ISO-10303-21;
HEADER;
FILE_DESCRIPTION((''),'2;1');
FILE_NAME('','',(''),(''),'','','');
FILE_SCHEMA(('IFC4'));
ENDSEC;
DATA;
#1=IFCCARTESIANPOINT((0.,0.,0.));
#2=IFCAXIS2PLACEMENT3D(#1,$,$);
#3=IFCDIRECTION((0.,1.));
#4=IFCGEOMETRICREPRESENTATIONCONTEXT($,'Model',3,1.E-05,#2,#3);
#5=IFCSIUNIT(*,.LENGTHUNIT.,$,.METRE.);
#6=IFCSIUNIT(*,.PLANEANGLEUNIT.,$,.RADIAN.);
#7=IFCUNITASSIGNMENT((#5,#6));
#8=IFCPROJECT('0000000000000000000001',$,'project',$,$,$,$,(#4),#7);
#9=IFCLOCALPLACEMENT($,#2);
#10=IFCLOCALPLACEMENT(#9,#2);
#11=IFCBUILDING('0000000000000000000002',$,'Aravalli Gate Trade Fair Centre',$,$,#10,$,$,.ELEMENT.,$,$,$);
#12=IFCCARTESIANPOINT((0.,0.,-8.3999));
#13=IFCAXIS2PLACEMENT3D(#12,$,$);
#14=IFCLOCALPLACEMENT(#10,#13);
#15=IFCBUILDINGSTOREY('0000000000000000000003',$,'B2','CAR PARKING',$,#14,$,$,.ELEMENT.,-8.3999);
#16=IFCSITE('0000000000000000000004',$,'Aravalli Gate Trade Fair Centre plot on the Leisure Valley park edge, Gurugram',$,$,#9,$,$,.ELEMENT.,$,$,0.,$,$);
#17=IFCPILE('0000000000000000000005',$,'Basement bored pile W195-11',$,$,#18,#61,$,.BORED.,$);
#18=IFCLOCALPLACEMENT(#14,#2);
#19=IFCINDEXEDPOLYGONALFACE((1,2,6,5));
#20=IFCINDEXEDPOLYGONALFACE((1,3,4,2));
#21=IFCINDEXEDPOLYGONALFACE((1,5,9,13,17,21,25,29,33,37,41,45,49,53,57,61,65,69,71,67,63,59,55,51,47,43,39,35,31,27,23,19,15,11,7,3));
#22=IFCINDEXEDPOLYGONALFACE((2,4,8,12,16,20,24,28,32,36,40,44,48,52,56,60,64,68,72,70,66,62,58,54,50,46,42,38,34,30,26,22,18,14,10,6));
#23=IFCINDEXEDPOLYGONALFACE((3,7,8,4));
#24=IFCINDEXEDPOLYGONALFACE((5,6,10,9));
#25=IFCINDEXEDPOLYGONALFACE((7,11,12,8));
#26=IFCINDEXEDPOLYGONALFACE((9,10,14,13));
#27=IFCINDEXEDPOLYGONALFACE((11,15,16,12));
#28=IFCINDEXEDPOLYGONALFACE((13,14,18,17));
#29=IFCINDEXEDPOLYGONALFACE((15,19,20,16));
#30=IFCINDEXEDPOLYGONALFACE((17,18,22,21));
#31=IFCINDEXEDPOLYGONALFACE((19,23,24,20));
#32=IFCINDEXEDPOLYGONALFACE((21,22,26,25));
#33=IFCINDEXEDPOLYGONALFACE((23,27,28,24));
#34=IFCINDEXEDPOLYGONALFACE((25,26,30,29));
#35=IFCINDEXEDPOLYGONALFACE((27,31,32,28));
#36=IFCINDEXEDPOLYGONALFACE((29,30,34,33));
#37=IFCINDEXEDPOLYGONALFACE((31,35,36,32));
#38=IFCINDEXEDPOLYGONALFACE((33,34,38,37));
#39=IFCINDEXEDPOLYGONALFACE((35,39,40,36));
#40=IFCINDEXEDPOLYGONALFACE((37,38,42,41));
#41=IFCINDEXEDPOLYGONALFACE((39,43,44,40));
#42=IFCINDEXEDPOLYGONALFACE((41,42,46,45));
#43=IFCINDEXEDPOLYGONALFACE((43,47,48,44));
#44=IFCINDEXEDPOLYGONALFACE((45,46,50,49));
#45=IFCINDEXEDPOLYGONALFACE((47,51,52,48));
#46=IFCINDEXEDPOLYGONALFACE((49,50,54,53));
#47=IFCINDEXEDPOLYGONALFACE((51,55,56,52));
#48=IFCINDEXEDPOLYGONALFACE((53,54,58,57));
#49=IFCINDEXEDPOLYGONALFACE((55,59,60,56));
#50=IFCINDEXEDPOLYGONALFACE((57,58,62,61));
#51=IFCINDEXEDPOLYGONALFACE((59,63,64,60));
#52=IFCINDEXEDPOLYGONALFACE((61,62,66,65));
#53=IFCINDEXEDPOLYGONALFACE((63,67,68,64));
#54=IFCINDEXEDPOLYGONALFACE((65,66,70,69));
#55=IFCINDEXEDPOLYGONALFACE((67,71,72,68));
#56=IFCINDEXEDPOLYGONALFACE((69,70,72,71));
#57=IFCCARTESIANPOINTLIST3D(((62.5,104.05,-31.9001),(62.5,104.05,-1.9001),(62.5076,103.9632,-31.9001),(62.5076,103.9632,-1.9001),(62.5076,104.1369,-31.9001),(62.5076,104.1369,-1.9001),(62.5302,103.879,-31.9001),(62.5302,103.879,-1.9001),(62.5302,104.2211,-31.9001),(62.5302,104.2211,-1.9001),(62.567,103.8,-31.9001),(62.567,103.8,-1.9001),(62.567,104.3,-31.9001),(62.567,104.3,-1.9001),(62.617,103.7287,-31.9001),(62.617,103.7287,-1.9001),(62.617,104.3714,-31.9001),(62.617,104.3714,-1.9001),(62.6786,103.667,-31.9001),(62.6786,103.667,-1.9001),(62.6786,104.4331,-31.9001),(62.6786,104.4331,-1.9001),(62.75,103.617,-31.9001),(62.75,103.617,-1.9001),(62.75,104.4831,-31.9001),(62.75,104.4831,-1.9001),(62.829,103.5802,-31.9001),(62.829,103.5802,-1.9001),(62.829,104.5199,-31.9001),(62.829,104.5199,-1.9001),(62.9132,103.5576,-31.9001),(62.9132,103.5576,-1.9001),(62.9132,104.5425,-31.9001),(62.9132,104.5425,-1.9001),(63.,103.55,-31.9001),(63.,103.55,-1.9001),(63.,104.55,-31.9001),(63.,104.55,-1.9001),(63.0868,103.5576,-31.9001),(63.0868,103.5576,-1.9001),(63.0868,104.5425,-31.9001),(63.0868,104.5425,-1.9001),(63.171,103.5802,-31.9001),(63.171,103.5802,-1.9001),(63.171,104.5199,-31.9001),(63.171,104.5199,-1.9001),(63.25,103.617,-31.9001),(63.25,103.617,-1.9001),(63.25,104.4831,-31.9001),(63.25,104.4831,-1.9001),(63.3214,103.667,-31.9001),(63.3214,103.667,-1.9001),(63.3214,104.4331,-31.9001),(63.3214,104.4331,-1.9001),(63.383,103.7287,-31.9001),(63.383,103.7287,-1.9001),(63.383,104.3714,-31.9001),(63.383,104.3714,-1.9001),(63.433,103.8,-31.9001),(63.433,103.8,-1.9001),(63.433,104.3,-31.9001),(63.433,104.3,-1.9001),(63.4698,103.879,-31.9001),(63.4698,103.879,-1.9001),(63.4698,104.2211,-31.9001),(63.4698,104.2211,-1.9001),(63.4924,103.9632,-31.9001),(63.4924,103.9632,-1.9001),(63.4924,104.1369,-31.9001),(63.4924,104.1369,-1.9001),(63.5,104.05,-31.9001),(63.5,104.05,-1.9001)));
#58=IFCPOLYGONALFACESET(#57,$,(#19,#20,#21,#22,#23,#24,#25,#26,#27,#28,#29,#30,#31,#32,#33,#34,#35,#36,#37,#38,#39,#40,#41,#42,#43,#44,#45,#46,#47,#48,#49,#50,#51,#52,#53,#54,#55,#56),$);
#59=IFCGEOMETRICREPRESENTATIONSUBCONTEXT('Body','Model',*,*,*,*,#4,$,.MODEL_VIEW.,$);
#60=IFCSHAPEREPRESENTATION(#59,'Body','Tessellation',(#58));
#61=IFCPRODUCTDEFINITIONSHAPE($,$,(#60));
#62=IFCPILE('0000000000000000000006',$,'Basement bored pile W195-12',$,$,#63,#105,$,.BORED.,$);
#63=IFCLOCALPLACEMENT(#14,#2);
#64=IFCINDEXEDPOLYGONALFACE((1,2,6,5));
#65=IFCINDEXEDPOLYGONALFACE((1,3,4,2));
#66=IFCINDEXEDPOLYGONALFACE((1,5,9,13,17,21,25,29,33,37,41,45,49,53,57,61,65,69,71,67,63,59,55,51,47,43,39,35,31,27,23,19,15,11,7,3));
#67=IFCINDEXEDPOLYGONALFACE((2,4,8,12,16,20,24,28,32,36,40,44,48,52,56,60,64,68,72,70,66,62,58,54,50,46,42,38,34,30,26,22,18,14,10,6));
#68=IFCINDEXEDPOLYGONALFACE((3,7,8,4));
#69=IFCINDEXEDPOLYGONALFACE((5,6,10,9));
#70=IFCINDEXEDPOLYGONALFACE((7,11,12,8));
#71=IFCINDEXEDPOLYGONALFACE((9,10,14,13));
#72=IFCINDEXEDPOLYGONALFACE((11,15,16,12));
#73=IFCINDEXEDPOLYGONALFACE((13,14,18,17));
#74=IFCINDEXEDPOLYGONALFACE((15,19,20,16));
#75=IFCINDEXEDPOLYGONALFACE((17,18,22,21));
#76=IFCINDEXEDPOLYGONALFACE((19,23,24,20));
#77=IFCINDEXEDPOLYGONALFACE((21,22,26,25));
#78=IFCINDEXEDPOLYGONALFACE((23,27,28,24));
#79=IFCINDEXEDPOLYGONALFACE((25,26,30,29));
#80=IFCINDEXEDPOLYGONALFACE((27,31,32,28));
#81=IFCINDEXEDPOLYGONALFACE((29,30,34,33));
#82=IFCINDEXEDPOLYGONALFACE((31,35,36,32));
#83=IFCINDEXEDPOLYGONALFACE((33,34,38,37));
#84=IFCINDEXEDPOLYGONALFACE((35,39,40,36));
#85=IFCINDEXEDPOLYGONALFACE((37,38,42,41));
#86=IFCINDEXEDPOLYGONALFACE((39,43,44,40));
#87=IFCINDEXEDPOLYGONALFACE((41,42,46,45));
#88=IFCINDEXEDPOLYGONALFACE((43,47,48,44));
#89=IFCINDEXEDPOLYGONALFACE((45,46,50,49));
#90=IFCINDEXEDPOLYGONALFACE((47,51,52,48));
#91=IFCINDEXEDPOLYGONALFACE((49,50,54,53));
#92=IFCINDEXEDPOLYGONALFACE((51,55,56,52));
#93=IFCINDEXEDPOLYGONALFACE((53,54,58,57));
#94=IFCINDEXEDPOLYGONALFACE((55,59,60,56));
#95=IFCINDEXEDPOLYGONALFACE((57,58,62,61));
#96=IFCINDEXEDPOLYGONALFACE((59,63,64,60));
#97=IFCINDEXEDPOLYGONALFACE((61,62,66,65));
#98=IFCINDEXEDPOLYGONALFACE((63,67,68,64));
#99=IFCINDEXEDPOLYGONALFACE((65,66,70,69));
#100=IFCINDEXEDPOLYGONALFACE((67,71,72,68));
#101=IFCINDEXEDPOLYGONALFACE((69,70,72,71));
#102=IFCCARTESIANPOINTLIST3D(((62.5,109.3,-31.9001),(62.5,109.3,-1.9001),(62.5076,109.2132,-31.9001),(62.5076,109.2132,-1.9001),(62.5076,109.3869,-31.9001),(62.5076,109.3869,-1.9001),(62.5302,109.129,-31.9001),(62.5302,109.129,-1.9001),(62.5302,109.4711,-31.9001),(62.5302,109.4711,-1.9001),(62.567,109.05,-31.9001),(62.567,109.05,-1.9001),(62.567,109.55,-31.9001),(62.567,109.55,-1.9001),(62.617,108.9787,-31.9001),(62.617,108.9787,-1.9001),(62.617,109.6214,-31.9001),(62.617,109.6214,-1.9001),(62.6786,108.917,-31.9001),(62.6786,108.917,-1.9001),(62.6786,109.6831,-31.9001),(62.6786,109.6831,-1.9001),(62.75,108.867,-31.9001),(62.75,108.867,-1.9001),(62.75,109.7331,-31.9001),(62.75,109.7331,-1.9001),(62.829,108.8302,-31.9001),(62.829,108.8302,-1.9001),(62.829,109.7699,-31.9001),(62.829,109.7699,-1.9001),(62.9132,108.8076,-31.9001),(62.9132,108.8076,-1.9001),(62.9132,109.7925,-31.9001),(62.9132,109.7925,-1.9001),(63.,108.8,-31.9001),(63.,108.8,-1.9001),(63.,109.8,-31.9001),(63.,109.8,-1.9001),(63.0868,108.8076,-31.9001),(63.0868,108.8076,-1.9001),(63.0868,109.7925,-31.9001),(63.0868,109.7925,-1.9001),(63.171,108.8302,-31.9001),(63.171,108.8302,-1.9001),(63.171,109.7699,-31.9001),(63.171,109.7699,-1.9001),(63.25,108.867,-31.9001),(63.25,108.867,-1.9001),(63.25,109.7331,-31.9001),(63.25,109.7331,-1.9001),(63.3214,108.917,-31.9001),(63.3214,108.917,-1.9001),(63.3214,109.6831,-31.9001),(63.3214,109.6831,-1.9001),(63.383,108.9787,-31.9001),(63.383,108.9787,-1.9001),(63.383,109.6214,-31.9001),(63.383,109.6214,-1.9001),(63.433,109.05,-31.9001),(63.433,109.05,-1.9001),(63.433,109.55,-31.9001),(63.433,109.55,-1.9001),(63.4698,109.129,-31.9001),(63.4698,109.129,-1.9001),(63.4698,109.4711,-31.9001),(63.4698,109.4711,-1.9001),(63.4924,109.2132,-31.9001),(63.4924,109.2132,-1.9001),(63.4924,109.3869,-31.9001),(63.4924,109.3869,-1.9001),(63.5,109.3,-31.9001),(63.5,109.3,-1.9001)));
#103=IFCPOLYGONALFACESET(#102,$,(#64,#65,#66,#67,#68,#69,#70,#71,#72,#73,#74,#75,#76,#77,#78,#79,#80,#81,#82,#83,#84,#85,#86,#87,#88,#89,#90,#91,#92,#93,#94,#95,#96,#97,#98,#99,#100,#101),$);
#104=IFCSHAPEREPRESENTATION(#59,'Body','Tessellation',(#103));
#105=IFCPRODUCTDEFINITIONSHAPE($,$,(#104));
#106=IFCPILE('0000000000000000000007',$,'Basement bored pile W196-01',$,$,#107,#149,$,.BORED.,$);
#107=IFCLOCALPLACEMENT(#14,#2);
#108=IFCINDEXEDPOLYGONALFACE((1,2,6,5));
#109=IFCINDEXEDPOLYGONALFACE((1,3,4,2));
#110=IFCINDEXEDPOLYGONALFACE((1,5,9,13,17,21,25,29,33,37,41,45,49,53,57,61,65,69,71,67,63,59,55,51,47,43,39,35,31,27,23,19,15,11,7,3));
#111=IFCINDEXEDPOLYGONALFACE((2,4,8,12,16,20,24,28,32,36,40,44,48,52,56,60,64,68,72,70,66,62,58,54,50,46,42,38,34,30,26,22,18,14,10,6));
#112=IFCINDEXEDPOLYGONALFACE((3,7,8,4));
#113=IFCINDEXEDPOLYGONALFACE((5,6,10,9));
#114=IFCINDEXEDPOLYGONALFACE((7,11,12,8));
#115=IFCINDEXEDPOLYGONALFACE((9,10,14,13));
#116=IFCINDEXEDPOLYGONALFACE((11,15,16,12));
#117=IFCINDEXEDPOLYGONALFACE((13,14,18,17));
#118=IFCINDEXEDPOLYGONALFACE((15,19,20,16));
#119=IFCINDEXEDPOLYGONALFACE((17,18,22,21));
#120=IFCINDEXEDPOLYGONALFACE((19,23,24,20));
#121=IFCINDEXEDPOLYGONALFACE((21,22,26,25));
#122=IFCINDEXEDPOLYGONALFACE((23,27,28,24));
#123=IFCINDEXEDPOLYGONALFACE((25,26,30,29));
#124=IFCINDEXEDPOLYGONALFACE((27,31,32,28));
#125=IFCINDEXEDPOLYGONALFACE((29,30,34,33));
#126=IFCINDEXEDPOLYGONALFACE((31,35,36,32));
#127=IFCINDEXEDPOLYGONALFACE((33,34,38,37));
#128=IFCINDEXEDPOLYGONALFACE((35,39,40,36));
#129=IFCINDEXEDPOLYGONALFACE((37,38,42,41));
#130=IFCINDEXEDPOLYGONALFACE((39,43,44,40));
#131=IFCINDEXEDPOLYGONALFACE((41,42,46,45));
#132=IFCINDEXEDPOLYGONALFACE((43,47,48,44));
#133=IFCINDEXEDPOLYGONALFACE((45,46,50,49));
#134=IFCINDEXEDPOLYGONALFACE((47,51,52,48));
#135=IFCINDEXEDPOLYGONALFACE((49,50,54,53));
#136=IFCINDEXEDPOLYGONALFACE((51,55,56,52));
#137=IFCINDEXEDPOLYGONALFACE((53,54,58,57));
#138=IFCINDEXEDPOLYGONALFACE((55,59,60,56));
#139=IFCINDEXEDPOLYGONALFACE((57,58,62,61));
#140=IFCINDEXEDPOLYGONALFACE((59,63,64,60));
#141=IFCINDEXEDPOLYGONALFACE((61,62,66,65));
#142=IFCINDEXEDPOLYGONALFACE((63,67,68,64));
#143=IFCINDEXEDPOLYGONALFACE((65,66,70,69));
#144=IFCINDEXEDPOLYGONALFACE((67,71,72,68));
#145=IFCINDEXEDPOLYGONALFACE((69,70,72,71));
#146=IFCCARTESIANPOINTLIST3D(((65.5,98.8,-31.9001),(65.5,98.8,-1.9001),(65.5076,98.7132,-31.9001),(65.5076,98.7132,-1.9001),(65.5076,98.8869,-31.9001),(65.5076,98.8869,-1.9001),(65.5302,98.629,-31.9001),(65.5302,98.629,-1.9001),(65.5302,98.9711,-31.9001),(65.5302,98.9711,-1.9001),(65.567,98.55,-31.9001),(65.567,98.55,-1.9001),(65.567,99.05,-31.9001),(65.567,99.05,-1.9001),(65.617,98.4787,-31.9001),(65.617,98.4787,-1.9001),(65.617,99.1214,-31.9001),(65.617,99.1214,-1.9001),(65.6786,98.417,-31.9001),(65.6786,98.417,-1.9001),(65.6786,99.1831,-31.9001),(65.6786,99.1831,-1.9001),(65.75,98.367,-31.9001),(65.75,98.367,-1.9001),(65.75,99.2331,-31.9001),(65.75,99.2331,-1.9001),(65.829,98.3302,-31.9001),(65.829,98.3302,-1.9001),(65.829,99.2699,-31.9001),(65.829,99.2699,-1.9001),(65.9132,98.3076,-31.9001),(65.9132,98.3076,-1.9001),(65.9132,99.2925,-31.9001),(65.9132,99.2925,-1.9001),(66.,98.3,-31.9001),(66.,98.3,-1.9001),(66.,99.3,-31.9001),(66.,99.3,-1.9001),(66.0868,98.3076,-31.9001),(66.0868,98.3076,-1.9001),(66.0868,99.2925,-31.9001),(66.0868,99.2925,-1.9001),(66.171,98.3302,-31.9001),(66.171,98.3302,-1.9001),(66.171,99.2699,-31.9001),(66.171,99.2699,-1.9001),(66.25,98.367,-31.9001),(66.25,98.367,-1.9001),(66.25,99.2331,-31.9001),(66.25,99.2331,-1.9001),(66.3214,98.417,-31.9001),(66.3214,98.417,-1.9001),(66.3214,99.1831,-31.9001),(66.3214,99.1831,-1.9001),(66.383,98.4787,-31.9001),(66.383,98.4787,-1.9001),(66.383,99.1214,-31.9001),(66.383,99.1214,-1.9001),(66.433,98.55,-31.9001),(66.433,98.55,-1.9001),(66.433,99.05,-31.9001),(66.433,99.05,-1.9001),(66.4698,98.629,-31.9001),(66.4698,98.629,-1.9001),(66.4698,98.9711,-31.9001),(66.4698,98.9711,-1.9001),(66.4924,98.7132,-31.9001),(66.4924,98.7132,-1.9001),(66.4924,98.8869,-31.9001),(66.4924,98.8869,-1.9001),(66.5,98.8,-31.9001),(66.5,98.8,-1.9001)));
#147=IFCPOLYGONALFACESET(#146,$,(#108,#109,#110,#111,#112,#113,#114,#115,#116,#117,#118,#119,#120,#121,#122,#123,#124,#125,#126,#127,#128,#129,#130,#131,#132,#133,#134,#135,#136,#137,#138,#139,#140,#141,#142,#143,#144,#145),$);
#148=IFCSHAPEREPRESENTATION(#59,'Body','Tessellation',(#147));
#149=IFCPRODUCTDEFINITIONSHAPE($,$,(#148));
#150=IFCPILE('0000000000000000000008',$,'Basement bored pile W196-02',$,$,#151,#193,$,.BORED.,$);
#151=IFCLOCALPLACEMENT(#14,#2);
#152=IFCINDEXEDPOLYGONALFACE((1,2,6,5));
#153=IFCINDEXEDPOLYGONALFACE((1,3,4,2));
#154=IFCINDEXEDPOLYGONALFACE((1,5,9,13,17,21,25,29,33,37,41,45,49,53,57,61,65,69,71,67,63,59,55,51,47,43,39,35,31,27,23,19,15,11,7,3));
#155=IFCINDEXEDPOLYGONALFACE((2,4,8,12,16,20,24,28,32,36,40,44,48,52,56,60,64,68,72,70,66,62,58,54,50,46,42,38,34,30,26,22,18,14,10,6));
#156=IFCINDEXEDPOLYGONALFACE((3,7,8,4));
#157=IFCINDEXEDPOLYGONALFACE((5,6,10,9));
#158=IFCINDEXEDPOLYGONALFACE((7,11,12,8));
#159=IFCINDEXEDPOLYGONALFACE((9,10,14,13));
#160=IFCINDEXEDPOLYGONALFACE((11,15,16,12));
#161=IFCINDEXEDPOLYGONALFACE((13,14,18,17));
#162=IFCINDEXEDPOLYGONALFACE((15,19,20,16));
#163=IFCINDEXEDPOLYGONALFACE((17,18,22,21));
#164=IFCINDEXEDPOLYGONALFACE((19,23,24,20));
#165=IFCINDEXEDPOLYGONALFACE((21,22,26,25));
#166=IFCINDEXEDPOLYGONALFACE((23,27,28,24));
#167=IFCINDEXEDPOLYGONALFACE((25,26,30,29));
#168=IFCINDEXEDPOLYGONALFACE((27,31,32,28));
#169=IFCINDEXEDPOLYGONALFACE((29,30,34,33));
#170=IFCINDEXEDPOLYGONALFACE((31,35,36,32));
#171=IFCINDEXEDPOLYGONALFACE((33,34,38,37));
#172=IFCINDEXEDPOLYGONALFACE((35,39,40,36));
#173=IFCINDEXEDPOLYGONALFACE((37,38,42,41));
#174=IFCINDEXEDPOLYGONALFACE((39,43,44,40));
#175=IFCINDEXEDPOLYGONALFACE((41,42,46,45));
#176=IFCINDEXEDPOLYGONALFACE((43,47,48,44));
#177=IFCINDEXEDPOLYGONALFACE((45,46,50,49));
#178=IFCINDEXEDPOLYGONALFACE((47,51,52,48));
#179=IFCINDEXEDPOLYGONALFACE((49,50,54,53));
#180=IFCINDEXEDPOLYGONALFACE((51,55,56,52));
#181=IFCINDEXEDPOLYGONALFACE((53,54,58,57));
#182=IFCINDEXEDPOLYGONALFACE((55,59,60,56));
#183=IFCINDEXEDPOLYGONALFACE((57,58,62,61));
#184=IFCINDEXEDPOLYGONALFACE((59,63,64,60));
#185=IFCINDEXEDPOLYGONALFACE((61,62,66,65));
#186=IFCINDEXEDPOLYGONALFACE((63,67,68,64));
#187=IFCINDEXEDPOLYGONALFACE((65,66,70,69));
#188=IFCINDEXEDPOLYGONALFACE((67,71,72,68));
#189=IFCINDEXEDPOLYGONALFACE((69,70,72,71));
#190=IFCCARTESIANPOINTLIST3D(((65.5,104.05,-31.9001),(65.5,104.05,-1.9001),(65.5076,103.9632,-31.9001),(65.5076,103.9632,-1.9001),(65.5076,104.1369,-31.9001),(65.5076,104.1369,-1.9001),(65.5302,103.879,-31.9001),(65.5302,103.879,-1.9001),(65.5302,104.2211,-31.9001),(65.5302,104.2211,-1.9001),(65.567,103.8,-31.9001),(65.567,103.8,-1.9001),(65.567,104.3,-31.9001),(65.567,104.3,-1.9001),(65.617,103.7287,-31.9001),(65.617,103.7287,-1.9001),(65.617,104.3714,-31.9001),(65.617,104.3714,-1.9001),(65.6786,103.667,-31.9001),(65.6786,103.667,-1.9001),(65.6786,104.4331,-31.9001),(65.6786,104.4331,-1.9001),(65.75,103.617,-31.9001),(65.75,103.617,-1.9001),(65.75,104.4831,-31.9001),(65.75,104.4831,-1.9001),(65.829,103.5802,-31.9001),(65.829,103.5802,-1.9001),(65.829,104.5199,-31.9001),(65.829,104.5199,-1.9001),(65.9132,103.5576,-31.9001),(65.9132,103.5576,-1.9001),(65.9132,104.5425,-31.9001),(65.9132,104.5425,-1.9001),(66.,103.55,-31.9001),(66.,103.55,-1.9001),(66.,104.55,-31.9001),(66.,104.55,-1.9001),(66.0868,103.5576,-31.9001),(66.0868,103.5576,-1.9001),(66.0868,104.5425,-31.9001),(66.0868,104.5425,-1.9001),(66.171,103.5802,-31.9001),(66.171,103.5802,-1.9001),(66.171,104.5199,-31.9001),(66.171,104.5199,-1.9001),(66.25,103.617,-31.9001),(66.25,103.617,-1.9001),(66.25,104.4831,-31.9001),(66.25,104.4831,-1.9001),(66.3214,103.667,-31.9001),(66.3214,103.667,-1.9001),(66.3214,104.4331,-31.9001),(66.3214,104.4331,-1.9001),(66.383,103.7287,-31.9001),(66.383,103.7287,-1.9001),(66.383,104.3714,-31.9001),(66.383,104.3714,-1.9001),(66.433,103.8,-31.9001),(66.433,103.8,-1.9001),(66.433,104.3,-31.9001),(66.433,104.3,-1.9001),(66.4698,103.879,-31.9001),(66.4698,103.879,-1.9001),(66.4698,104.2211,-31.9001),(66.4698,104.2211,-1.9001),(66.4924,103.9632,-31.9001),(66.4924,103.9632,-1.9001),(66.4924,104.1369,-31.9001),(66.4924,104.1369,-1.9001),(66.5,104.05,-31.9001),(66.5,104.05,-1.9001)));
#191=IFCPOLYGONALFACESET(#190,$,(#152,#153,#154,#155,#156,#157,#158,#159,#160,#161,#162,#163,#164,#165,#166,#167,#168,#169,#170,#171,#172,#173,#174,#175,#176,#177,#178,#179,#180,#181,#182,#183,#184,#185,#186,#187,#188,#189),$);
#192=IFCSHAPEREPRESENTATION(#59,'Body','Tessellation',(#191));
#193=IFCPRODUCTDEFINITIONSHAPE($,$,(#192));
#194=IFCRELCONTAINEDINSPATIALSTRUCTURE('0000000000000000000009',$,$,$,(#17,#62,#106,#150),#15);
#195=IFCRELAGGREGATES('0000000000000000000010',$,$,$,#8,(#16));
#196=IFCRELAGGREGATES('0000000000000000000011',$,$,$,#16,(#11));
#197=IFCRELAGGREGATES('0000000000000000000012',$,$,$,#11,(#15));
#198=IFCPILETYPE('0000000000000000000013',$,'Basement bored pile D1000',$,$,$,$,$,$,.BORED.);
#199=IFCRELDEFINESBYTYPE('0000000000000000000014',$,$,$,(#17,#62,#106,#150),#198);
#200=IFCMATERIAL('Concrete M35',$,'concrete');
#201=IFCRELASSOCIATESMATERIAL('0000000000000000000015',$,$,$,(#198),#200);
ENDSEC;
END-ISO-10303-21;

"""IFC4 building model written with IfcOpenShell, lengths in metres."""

from ifc_helpers import new_model, si_unit, direction, frame, origin, origin_2d, place, context, subcontext, project, spatial, circle, extrude, material, material_profile, profile_set, type_object, element, save


model = new_model("IFC4")

# Units and contexts
model_context = context("Model", 3, precision=1e-05, world=origin(), true_north=direction((0.0, 1.0)))
body_context = subcontext(model_context, "Body", "Model", "MODEL_VIEW")
ifc_project = project(units=[si_unit("LENGTHUNIT", "METRE"), si_unit("PLANEANGLEUNIT", "RADIAN")], contexts=[model_context])

# Site, building, storey
site_placement = place(None, origin())
site = spatial("IfcSite", under=ifc_project, at=site_placement, Name="Aravalli Gate Trade Fair Centre plot on the Leisure Valley park edge, Gurugram", CompositionType="ELEMENT", RefElevation=0.0)
building_placement = place(site_placement, origin())
building = spatial("IfcBuilding", under=site, at=building_placement, Name="Aravalli Gate Trade Fair Centre", CompositionType="ELEMENT")
storey_placement = place(building_placement, frame((0.0, 0.0, -8.3999)))
storey = spatial("IfcBuildingStorey", under=building, at=storey_placement, Name="B2", Description="CAR PARKING", CompositionType="ELEMENT", Elevation=-8.3999)

# Piles
ifc_material_1 = material(Name="Concrete M35", Category="concrete")
ifc_material_profile_1 = material_profile(ifc_material_1, circle(Radius=0.5, at=origin_2d()), Name="D1000")
ifc_profile_set_1 = profile_set([ifc_material_profile_1], Name="Concrete M35")
pile_type = type_object("IfcPileType", Name="Basement bored pile D1000", PredefinedType="BORED", material=ifc_profile_set_1)
for number, where, z_axis, x_axis, name in (
    (1, (63.0, 104.05, -1.9001), (0.0, 0.0, -1.0), (1.0, 0.0, 0.0), "Basement bored pile W195-11"),
    (2, (63.0, 109.3, -1.9001), (0.0, 0.0, -1.0), (1.0, 0.0, 0.0), "Basement bored pile W195-12"),
    (3, (66.0, 98.8, -1.9001), (0.0, 0.0, -1.0), (1.0, 0.0, 0.0), "Basement bored pile W196-01"),
    (4, (66.0, 104.05, -1.9001), (0.0, 0.0, -1.0), (1.0, 0.0, 0.0), "Basement bored pile W196-02"),
):
    element("IfcPile", number, at=place(storey_placement, frame(where, z_axis=z_axis, x_axis=x_axis)), inside=storey, type_object=pile_type, Name=name, PredefinedType="BORED", context=body_context, shape_type="SweptSolid", body=[
        extrude(circle(Radius=0.5, at=origin_2d()), origin(), (0.0, 0.0, 1.0), 30.0),
    ])

save(model, "model.ifc")
